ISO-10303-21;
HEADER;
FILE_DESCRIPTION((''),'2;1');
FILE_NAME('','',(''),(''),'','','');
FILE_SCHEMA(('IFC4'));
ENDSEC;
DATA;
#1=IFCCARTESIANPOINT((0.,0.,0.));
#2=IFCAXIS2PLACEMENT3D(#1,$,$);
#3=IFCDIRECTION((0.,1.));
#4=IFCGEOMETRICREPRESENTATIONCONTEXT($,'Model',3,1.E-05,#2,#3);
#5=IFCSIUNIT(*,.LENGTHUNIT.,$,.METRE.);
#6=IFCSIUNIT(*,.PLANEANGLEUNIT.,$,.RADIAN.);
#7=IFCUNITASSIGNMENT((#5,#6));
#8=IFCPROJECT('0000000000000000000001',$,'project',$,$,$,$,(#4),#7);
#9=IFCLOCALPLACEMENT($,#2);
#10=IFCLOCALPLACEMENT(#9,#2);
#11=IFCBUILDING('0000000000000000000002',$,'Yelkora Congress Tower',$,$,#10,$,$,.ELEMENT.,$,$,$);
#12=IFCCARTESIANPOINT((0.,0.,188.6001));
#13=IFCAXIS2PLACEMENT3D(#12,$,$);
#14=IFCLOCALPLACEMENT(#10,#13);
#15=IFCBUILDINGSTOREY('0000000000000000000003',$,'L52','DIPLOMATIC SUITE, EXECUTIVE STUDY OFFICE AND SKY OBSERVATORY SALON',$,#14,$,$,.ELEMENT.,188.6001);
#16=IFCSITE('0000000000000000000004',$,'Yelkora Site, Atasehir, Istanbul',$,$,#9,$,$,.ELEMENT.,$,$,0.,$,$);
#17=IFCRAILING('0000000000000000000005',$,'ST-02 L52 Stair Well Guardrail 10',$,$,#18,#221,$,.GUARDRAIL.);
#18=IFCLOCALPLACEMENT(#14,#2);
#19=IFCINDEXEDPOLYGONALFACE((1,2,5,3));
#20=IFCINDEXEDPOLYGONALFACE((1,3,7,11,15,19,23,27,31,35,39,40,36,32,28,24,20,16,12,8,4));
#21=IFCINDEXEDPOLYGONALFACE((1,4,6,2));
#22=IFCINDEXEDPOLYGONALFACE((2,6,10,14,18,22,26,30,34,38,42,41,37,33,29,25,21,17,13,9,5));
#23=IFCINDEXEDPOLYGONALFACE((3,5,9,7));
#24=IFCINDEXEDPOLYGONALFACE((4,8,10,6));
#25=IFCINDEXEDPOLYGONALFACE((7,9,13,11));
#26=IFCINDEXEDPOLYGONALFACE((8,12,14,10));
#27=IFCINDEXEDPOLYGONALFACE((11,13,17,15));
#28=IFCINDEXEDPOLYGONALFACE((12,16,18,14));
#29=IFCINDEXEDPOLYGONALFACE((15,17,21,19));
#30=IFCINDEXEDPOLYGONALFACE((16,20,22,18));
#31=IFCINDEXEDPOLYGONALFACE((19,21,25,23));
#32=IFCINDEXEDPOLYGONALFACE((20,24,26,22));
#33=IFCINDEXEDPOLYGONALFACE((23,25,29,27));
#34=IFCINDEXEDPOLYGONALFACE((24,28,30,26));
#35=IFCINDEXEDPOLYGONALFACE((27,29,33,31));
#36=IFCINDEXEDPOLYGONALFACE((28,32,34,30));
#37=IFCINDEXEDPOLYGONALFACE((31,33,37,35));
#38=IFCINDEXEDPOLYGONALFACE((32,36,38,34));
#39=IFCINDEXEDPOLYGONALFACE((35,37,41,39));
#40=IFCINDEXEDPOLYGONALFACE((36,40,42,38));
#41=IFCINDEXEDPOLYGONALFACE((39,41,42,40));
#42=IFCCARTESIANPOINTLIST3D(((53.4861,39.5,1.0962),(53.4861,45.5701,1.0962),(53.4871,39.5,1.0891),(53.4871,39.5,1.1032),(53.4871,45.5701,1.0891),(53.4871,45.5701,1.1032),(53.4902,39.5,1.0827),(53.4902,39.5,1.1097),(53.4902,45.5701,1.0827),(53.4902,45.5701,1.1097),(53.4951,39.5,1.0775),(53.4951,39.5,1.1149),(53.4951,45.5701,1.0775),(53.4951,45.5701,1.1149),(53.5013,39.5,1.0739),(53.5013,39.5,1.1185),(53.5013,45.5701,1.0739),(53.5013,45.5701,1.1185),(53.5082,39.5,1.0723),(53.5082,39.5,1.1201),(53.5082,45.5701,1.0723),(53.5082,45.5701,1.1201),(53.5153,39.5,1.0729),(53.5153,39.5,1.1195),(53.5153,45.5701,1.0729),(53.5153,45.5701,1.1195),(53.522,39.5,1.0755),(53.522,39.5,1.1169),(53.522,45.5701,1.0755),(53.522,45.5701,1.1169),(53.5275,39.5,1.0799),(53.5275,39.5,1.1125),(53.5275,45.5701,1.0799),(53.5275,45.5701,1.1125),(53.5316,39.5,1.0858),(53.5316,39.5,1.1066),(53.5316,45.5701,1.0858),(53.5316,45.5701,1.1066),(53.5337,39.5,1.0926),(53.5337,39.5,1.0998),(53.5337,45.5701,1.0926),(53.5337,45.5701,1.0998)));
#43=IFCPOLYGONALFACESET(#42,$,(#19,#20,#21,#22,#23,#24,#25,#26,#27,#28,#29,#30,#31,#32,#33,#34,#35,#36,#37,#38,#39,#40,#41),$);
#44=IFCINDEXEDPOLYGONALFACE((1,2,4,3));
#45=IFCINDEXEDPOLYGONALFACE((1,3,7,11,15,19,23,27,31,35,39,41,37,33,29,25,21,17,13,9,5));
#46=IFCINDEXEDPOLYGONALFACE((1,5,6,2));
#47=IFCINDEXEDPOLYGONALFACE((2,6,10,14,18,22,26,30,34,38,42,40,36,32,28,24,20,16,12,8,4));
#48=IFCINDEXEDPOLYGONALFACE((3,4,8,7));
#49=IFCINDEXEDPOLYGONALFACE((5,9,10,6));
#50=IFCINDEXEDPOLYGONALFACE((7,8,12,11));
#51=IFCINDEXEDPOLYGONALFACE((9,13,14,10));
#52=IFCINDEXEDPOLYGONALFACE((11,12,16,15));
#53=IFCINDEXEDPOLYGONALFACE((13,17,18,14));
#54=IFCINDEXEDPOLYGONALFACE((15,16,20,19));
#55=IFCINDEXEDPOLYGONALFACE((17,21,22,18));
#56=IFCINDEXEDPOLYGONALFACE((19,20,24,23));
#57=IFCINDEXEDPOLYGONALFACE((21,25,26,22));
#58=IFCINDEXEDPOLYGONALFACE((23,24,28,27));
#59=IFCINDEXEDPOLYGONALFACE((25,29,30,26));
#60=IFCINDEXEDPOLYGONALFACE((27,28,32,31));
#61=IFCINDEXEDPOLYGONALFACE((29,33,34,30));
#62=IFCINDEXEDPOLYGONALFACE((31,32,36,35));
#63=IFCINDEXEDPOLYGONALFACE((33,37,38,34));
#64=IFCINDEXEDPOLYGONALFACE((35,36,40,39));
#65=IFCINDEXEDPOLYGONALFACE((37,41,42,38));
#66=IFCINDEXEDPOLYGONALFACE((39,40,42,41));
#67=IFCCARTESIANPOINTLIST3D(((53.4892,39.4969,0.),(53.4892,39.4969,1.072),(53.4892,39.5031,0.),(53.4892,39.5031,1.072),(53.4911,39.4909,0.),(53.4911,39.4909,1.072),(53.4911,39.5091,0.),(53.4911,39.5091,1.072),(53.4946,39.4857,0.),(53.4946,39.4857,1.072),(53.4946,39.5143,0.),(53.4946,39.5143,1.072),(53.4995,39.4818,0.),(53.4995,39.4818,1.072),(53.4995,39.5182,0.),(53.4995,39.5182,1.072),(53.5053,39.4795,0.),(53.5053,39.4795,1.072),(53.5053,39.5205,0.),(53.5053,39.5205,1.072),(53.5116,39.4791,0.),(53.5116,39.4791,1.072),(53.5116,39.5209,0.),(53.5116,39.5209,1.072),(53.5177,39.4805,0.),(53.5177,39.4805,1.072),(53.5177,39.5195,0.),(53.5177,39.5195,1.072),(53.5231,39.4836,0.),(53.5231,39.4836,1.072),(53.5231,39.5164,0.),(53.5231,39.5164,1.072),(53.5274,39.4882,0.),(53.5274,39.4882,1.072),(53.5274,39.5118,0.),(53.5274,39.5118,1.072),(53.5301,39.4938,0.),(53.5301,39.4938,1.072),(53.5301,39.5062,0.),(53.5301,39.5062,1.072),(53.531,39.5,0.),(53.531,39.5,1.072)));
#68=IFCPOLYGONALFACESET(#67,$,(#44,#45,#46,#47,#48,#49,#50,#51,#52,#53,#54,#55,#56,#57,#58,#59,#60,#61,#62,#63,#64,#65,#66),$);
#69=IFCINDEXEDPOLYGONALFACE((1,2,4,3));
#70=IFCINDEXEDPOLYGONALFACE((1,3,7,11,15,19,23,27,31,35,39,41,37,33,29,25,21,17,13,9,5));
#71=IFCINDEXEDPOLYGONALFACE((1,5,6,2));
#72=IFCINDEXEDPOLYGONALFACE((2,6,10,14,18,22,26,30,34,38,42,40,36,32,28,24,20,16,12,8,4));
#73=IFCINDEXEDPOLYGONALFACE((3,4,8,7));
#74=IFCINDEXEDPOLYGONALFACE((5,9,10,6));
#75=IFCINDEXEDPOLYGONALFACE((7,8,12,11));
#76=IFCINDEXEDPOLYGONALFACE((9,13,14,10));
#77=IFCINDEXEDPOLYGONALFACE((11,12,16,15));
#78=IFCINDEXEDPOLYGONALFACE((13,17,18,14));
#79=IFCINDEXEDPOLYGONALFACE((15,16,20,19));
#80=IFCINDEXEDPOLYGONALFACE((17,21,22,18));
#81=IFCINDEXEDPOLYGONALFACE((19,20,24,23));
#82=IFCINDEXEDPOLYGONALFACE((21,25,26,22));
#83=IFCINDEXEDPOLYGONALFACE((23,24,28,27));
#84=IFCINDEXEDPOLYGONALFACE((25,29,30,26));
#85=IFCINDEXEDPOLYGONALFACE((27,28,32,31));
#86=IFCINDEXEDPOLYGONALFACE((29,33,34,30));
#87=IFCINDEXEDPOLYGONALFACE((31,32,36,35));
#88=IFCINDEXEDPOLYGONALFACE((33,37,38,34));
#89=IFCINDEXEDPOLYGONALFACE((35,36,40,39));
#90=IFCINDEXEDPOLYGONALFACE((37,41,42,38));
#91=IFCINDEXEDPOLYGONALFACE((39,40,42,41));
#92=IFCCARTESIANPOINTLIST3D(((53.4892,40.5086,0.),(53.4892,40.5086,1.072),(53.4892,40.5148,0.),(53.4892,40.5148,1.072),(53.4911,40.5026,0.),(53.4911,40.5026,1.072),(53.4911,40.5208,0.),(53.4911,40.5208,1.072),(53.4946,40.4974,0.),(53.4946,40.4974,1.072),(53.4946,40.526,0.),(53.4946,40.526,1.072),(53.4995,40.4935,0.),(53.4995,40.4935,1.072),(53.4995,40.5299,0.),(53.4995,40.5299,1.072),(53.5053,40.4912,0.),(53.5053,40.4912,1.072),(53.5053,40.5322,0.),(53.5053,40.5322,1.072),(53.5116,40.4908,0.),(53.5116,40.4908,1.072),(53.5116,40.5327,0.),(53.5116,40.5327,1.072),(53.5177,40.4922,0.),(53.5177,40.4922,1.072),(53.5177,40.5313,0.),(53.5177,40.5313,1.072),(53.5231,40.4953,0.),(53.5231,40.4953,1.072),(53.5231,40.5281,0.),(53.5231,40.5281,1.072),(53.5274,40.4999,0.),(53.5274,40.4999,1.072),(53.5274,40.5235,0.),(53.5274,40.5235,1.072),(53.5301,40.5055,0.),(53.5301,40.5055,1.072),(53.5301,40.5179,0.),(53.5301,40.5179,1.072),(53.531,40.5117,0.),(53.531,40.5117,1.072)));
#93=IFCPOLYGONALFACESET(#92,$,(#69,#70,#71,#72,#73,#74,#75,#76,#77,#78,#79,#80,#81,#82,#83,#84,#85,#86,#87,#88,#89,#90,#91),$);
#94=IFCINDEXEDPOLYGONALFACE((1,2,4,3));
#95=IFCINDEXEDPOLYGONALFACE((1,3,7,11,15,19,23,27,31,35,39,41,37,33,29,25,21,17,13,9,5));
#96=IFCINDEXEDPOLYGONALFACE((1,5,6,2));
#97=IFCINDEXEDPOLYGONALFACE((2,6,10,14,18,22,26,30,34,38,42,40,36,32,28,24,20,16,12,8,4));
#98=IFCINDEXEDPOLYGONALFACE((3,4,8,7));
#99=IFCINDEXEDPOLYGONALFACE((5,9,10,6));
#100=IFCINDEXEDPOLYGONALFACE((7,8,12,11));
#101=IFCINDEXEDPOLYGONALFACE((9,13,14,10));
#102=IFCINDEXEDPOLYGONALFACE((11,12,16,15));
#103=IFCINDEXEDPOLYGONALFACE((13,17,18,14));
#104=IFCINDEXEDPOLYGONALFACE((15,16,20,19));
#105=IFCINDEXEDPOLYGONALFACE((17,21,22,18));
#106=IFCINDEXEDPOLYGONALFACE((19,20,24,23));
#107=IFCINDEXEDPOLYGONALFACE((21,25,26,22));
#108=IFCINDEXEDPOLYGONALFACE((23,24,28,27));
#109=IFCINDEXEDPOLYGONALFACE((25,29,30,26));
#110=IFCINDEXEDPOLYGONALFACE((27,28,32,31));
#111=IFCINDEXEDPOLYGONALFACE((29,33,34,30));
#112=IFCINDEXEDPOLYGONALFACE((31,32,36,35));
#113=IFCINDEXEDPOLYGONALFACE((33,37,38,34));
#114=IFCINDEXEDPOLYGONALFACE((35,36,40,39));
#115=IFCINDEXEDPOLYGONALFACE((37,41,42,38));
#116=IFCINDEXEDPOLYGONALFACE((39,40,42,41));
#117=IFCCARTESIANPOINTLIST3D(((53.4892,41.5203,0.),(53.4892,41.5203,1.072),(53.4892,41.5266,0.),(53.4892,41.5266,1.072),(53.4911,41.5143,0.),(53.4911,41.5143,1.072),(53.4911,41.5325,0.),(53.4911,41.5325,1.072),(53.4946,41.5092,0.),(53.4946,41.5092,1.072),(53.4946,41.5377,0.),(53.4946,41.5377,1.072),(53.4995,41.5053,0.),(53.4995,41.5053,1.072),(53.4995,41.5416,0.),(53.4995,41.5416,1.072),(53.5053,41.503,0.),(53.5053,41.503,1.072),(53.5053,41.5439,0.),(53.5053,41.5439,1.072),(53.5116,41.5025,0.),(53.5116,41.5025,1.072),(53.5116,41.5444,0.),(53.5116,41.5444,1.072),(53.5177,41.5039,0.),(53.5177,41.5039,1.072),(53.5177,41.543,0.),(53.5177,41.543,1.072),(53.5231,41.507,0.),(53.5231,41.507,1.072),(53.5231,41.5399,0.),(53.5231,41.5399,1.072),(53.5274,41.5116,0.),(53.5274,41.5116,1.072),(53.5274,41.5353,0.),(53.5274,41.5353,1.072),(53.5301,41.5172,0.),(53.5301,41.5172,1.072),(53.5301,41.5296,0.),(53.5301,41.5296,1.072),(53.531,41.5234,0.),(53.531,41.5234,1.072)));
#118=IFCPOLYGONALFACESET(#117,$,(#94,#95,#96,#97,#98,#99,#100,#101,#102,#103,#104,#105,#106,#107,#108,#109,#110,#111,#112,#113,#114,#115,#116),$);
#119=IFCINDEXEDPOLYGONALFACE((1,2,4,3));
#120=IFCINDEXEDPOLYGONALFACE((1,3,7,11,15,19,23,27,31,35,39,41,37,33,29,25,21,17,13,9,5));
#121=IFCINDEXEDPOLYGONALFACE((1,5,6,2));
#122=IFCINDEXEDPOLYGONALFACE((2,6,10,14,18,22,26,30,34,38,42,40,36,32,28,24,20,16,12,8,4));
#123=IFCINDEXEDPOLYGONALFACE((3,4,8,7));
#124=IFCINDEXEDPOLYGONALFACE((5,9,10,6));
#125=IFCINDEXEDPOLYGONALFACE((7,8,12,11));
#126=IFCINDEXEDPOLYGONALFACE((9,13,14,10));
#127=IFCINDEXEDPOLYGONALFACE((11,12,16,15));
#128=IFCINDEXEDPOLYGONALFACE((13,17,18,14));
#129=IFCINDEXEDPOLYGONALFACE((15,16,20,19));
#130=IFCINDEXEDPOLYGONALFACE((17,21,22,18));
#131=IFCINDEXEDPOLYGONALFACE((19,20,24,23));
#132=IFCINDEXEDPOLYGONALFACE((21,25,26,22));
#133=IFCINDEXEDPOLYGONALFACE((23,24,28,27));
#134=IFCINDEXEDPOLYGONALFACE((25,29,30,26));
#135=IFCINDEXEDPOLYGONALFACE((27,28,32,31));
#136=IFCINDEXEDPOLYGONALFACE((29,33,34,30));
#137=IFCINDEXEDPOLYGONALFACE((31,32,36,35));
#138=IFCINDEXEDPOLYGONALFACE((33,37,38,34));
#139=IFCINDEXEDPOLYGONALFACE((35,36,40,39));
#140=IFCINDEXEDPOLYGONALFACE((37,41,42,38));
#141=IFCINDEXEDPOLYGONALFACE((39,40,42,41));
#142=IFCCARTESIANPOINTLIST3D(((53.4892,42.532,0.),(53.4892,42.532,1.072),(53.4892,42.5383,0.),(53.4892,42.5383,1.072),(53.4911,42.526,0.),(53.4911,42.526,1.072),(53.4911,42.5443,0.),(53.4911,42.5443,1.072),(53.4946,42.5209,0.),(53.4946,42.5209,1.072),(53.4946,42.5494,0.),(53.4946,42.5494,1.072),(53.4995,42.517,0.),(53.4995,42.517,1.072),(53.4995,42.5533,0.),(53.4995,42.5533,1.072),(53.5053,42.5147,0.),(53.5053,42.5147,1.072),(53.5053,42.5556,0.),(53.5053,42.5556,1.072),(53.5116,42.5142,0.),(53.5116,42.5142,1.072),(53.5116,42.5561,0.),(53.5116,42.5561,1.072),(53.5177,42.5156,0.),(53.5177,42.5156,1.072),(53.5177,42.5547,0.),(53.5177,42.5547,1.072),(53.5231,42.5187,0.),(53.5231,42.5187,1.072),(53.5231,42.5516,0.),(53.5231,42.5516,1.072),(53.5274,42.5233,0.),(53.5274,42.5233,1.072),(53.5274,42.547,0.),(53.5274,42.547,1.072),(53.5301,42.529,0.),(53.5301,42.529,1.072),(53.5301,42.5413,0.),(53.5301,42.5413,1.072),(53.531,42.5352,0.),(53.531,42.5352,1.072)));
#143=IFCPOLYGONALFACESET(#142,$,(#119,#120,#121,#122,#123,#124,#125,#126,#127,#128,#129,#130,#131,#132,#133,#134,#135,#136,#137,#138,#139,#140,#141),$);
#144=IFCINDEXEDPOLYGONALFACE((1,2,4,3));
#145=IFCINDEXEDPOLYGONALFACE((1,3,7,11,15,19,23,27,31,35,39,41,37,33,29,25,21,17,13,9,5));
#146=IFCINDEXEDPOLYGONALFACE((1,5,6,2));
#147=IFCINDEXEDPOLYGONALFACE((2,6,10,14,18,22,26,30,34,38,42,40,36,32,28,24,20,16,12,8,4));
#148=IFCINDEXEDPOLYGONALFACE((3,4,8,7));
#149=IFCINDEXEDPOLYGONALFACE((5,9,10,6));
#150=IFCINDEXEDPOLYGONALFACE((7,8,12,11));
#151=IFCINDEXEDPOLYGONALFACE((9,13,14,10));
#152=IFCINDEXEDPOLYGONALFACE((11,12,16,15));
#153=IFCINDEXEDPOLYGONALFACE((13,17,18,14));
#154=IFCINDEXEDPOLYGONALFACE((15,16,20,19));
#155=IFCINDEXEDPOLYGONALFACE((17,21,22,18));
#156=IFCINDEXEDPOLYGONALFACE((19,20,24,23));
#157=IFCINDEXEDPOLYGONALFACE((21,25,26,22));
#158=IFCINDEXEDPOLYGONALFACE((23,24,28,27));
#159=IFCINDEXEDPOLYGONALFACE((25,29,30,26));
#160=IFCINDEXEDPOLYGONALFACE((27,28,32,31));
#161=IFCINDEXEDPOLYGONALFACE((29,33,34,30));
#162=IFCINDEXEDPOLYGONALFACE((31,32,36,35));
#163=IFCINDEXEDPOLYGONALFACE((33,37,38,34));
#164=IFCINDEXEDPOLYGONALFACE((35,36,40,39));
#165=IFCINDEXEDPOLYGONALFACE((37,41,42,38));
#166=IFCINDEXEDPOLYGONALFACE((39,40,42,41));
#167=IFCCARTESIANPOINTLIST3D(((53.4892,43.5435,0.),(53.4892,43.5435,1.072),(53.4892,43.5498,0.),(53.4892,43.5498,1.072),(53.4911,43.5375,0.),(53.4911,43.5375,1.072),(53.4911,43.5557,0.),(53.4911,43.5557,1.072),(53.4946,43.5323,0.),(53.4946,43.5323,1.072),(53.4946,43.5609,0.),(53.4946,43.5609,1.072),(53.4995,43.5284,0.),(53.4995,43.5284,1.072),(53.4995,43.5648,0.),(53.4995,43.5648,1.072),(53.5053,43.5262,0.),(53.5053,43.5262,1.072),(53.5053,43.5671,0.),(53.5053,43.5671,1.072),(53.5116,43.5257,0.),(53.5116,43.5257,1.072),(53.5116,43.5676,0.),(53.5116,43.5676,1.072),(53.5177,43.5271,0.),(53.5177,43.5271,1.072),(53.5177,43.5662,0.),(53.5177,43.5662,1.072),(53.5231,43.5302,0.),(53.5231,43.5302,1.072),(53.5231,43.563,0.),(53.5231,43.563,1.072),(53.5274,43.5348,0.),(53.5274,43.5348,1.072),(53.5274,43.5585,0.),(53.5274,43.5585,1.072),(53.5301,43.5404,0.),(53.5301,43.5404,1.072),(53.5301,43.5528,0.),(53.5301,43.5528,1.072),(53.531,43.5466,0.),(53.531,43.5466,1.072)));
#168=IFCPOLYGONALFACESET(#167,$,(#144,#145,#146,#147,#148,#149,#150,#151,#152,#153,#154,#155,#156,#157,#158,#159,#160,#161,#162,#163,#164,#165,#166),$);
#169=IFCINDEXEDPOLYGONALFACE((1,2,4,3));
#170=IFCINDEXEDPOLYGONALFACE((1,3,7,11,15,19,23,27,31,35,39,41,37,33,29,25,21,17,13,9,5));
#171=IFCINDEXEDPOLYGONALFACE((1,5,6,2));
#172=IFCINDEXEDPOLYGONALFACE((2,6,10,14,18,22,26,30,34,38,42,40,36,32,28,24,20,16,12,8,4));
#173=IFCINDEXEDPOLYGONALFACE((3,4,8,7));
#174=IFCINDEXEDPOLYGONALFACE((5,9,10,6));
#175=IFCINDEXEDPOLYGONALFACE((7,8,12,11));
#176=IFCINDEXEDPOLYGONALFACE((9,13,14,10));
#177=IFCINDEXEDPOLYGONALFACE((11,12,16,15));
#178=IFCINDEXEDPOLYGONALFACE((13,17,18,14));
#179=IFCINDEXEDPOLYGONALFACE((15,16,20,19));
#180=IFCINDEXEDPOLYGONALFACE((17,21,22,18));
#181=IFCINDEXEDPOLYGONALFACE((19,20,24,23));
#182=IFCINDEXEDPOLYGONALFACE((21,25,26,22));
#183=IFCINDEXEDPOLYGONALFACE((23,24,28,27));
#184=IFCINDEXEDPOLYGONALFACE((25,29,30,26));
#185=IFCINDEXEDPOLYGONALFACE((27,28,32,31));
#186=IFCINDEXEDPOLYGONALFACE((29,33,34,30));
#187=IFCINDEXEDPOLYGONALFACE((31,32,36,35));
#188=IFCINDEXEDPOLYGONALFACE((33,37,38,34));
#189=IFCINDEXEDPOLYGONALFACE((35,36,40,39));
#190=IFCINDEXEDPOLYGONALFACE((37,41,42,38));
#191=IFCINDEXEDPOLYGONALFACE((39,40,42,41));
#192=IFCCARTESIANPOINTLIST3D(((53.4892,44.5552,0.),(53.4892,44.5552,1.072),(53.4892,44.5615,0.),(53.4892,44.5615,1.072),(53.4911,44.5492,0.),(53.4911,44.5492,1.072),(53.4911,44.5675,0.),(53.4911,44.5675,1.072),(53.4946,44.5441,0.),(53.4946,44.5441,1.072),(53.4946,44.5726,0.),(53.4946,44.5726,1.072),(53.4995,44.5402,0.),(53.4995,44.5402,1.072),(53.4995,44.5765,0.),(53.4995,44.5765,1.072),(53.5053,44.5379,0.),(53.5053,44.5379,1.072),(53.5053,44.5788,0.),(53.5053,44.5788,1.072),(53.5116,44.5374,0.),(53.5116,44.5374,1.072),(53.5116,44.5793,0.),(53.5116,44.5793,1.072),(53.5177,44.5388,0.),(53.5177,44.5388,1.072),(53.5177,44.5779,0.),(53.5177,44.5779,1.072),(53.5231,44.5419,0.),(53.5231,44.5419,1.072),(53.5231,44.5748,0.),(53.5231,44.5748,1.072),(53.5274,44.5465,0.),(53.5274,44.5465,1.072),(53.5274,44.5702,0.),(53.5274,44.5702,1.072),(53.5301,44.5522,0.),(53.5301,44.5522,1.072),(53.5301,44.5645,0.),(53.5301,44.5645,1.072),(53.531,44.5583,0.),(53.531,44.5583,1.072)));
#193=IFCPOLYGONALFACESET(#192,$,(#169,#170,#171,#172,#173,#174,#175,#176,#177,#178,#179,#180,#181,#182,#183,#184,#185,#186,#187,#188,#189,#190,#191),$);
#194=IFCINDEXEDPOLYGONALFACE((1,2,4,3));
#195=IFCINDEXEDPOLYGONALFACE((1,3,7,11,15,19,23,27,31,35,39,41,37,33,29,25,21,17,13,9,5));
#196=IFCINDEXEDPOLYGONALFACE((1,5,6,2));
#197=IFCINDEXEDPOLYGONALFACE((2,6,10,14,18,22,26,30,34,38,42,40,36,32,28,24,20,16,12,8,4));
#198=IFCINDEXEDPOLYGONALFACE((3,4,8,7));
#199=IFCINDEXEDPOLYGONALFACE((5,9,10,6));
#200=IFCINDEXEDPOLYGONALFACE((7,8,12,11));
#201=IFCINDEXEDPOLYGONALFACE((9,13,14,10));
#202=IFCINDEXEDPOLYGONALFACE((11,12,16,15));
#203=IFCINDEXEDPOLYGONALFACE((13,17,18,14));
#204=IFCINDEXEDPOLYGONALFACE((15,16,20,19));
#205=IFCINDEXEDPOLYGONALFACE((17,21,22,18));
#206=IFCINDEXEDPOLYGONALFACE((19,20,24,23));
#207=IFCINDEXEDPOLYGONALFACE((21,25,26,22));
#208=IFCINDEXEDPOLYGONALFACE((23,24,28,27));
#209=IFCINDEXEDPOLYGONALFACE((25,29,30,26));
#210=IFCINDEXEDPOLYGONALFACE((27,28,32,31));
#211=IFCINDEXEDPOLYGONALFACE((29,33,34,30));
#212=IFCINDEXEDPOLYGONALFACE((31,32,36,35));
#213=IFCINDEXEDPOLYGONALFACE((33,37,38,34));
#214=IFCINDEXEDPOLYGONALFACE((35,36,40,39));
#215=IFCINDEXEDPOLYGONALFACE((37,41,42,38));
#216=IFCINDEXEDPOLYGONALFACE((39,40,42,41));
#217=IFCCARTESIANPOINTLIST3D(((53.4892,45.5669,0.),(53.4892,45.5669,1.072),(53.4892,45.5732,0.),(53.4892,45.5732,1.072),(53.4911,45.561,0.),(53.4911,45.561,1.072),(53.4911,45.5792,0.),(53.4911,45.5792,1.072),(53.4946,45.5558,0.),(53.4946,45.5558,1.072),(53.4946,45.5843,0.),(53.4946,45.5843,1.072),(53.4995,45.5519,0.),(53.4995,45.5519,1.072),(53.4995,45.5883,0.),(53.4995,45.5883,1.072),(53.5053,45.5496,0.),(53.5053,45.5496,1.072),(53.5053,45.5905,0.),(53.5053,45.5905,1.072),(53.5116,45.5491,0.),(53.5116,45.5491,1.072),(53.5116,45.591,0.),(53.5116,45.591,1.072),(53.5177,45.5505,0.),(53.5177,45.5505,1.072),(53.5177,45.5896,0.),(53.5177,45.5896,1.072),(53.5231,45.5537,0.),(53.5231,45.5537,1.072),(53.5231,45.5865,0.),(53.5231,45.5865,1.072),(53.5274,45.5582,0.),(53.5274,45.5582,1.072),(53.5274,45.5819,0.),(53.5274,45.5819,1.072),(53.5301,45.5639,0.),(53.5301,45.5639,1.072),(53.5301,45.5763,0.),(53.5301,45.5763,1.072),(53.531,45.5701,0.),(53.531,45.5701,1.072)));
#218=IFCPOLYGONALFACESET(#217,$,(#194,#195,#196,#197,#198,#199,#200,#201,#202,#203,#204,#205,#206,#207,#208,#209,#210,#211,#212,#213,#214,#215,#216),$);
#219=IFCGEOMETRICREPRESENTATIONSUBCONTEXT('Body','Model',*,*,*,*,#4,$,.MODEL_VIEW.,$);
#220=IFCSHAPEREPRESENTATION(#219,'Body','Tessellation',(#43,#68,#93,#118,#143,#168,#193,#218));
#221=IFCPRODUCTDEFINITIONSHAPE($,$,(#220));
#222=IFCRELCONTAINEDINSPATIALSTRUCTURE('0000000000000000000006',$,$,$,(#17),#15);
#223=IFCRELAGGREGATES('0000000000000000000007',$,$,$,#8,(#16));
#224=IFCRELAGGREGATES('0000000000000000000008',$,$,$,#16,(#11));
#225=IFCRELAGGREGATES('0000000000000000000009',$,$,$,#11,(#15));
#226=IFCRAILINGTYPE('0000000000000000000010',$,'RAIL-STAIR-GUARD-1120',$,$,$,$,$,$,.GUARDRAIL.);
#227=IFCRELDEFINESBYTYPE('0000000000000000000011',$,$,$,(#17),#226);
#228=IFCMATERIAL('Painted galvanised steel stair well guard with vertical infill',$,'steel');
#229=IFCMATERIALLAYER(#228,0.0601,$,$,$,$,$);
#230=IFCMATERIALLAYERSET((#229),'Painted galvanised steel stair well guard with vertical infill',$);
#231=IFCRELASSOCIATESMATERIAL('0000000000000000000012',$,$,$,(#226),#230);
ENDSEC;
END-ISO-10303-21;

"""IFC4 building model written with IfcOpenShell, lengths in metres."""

from ifc_helpers import new_model, si_unit, direction, frame, origin, origin_2d, place, context, subcontext, project, spatial, circle, extrude, material, layer, layer_set, type_object, element, save


model = new_model("IFC4")

# Units and contexts
model_context = context("Model", 3, precision=1e-05, world=origin(), true_north=direction((0.0, 1.0)))
body_context = subcontext(model_context, "Body", "Model", "MODEL_VIEW")
ifc_project = project(units=[si_unit("LENGTHUNIT", "METRE"), si_unit("PLANEANGLEUNIT", "RADIAN")], contexts=[model_context])

# Site, building, storey
site_placement = place(None, origin())
site = spatial("IfcSite", under=ifc_project, at=site_placement, Name="Yelkora Site, Atasehir, Istanbul", CompositionType="ELEMENT", RefElevation=0.0)
building_placement = place(site_placement, origin())
building = spatial("IfcBuilding", under=site, at=building_placement, Name="Yelkora Congress Tower", CompositionType="ELEMENT")
storey_placement = place(building_placement, frame((0.0, 0.0, 188.6001)))
storey = spatial("IfcBuildingStorey", under=building, at=storey_placement, Name="L52", Description="DIPLOMATIC SUITE, EXECUTIVE STUDY OFFICE AND SKY OBSERVATORY SALON", CompositionType="ELEMENT", Elevation=188.6001)

# Railing
ifc_material_1 = material(Name="Painted galvanised steel stair well guard with vertical infill", Category="steel")
ifc_layer_1 = layer(ifc_material_1, 0.0601)
ifc_layer_set_1 = layer_set([ifc_layer_1], Name="Painted galvanised steel stair well guard with vertical infill")
railing_type_1 = type_object("IfcRailingType", Name="RAIL-STAIR-GUARD-1120", PredefinedType="GUARDRAIL", material=ifc_layer_set_1)
railing_1_placement = place(storey_placement, frame((53.51, 39.5, 0.0)))
element("IfcRailing", 1, at=railing_1_placement, inside=storey, type_object=railing_type_1, Name="ST-02 L52 Stair Well Guardrail 10", PredefinedType="GUARDRAIL", context=body_context, shape_type="SweptSolid", body=[
    extrude(circle(Radius=0.0239, at=origin_2d()), frame((0.0, 0.0, 1.0962), z_axis=(0.0, 1.0, 0.0), x_axis=(-1.0, 0.0, 0.0)), (0.0, 0.0, 1.0), 6.0701),
    extrude(circle(Radius=0.021, at=origin_2d()), origin(), (0.0, 0.0, 1.0), 1.072),
    extrude(circle(Radius=0.021, at=origin_2d()), frame((0.0, 1.0117, 0.0)), (0.0, 0.0, 1.0), 1.072),
    extrude(circle(Radius=0.021, at=origin_2d()), frame((0.0, 2.0234, 0.0)), (0.0, 0.0, 1.0), 1.072),
    extrude(circle(Radius=0.021, at=origin_2d()), frame((0.0, 3.0352, 0.0)), (0.0, 0.0, 1.0), 1.072),
    extrude(circle(Radius=0.021, at=origin_2d()), frame((0.0, 4.0466, 0.0)), (0.0, 0.0, 1.0), 1.072),
    extrude(circle(Radius=0.021, at=origin_2d()), frame((0.0, 5.0583, 0.0)), (0.0, 0.0, 1.0), 1.072),
    extrude(circle(Radius=0.021, at=origin_2d()), frame((0.0, 6.0701, 0.0)), (0.0, 0.0, 1.0), 1.072),
])

save(model, "model.ifc")
